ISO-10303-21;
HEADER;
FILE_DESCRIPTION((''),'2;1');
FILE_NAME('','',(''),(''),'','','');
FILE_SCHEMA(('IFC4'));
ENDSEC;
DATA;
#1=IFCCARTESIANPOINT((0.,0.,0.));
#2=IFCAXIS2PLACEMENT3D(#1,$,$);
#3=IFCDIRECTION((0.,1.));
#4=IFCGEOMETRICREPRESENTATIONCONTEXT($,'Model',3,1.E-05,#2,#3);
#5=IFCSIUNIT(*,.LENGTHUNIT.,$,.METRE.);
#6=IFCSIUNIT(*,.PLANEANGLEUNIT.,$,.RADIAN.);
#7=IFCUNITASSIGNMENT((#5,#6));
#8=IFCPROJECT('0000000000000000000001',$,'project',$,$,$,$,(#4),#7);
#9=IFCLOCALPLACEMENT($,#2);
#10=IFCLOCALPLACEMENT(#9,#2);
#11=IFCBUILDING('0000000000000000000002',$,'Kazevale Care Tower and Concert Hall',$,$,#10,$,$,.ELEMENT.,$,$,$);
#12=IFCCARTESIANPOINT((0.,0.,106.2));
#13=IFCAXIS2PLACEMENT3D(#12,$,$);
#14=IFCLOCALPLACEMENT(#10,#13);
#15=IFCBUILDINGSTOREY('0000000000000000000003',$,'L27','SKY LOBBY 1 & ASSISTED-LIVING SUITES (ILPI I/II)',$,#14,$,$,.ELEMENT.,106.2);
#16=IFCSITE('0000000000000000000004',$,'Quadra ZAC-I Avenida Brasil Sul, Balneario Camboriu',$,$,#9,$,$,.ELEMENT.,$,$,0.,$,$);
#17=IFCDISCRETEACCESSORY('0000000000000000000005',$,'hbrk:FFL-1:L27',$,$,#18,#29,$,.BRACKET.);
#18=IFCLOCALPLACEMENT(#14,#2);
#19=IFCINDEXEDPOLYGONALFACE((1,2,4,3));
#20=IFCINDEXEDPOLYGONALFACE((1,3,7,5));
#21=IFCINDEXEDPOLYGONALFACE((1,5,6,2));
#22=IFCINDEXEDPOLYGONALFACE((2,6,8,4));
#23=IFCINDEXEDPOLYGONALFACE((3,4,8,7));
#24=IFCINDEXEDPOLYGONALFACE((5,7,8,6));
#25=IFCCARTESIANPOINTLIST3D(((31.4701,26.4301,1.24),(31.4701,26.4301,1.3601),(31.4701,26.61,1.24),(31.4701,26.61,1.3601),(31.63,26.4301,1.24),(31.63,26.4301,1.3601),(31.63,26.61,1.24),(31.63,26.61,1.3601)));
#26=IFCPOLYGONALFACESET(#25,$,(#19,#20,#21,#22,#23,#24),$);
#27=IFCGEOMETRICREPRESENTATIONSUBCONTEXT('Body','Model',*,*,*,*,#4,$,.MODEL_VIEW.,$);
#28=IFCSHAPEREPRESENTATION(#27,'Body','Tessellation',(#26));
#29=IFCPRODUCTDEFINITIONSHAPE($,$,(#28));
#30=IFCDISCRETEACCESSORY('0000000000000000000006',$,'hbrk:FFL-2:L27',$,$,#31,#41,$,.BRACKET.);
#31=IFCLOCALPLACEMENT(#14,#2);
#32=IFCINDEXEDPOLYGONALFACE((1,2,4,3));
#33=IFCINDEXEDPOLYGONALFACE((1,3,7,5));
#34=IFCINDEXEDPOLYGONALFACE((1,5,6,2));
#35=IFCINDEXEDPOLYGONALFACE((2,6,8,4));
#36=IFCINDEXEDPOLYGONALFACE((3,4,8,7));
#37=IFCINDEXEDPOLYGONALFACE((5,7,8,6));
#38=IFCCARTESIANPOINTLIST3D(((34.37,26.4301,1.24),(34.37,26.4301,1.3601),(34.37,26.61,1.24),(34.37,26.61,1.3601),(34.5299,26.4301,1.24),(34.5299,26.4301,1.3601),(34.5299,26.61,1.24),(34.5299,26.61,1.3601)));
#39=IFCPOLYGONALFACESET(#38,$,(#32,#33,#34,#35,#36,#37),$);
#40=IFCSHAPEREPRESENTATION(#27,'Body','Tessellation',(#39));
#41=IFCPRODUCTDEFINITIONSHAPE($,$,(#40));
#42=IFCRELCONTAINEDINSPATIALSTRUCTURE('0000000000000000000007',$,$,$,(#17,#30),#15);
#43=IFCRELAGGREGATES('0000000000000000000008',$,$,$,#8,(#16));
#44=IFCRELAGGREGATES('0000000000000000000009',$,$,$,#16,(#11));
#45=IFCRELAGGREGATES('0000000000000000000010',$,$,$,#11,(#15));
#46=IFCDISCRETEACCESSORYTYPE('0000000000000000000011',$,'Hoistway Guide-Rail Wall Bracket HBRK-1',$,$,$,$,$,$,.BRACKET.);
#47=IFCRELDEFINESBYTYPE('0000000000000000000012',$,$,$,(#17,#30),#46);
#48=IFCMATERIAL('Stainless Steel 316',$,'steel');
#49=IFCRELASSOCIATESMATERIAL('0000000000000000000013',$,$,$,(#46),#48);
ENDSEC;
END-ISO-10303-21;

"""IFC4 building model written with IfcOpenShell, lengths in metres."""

from ifc_helpers import new_model, si_unit, direction, frame, origin, origin_2d, place, context, subcontext, project, spatial, rectangle, extrude, material, type_object, element, save


model = new_model("IFC4")

# Units and contexts
model_context = context("Model", 3, precision=1e-05, world=origin(), true_north=direction((0.0, 1.0)))
body_context = subcontext(model_context, "Body", "Model", "MODEL_VIEW")
ifc_project = project(units=[si_unit("LENGTHUNIT", "METRE"), si_unit("PLANEANGLEUNIT", "RADIAN")], contexts=[model_context])

# Site, building, storey
site_placement = place(None, origin())
site = spatial("IfcSite", under=ifc_project, at=site_placement, Name="Quadra ZAC-I Avenida Brasil Sul, Balneario Camboriu", CompositionType="ELEMENT", RefElevation=0.0)
building_placement = place(site_placement, origin())
building = spatial("IfcBuilding", under=site, at=building_placement, Name="Kazevale Care Tower and Concert Hall", CompositionType="ELEMENT")
storey_placement = place(building_placement, frame((0.0, 0.0, 106.2)))
storey = spatial("IfcBuildingStorey", under=building, at=storey_placement, Name="L27", Description="SKY LOBBY 1 & ASSISTED-LIVING SUITES (ILPI I/II)", CompositionType="ELEMENT", Elevation=106.2)

# Shared definitions
ifc_material_1 = material(Name="Stainless Steel 316", Category="steel")

# Discrete accessories
discrete_accessory_type = type_object("IfcDiscreteAccessoryType", Name="Hoistway Guide-Rail Wall Bracket HBRK-1", PredefinedType="BRACKET", material=ifc_material_1)
for number, where, z_axis, x_axis, name in (
    (1, (31.55, 26.52, 1.24), (0.0, 0.0, 1.0), (1.0, 0.0, 0.0), "hbrk:FFL-1:L27"),
    (2, (34.45, 26.52, 1.24), (0.0, 0.0, 1.0), (1.0, 0.0, 0.0), "hbrk:FFL-2:L27"),
):
    element("IfcDiscreteAccessory", number, at=place(storey_placement, frame(where, z_axis=z_axis, x_axis=x_axis)), inside=storey, type_object=discrete_accessory_type, Name=name, PredefinedType="BRACKET", context=body_context, shape_type="SweptSolid", body=[
        extrude(rectangle(XDim=0.1599, YDim=0.1799, at=origin_2d()), origin(), (0.0, 0.0, 1.0), 0.1201),
    ])

save(model, "model.ifc")
